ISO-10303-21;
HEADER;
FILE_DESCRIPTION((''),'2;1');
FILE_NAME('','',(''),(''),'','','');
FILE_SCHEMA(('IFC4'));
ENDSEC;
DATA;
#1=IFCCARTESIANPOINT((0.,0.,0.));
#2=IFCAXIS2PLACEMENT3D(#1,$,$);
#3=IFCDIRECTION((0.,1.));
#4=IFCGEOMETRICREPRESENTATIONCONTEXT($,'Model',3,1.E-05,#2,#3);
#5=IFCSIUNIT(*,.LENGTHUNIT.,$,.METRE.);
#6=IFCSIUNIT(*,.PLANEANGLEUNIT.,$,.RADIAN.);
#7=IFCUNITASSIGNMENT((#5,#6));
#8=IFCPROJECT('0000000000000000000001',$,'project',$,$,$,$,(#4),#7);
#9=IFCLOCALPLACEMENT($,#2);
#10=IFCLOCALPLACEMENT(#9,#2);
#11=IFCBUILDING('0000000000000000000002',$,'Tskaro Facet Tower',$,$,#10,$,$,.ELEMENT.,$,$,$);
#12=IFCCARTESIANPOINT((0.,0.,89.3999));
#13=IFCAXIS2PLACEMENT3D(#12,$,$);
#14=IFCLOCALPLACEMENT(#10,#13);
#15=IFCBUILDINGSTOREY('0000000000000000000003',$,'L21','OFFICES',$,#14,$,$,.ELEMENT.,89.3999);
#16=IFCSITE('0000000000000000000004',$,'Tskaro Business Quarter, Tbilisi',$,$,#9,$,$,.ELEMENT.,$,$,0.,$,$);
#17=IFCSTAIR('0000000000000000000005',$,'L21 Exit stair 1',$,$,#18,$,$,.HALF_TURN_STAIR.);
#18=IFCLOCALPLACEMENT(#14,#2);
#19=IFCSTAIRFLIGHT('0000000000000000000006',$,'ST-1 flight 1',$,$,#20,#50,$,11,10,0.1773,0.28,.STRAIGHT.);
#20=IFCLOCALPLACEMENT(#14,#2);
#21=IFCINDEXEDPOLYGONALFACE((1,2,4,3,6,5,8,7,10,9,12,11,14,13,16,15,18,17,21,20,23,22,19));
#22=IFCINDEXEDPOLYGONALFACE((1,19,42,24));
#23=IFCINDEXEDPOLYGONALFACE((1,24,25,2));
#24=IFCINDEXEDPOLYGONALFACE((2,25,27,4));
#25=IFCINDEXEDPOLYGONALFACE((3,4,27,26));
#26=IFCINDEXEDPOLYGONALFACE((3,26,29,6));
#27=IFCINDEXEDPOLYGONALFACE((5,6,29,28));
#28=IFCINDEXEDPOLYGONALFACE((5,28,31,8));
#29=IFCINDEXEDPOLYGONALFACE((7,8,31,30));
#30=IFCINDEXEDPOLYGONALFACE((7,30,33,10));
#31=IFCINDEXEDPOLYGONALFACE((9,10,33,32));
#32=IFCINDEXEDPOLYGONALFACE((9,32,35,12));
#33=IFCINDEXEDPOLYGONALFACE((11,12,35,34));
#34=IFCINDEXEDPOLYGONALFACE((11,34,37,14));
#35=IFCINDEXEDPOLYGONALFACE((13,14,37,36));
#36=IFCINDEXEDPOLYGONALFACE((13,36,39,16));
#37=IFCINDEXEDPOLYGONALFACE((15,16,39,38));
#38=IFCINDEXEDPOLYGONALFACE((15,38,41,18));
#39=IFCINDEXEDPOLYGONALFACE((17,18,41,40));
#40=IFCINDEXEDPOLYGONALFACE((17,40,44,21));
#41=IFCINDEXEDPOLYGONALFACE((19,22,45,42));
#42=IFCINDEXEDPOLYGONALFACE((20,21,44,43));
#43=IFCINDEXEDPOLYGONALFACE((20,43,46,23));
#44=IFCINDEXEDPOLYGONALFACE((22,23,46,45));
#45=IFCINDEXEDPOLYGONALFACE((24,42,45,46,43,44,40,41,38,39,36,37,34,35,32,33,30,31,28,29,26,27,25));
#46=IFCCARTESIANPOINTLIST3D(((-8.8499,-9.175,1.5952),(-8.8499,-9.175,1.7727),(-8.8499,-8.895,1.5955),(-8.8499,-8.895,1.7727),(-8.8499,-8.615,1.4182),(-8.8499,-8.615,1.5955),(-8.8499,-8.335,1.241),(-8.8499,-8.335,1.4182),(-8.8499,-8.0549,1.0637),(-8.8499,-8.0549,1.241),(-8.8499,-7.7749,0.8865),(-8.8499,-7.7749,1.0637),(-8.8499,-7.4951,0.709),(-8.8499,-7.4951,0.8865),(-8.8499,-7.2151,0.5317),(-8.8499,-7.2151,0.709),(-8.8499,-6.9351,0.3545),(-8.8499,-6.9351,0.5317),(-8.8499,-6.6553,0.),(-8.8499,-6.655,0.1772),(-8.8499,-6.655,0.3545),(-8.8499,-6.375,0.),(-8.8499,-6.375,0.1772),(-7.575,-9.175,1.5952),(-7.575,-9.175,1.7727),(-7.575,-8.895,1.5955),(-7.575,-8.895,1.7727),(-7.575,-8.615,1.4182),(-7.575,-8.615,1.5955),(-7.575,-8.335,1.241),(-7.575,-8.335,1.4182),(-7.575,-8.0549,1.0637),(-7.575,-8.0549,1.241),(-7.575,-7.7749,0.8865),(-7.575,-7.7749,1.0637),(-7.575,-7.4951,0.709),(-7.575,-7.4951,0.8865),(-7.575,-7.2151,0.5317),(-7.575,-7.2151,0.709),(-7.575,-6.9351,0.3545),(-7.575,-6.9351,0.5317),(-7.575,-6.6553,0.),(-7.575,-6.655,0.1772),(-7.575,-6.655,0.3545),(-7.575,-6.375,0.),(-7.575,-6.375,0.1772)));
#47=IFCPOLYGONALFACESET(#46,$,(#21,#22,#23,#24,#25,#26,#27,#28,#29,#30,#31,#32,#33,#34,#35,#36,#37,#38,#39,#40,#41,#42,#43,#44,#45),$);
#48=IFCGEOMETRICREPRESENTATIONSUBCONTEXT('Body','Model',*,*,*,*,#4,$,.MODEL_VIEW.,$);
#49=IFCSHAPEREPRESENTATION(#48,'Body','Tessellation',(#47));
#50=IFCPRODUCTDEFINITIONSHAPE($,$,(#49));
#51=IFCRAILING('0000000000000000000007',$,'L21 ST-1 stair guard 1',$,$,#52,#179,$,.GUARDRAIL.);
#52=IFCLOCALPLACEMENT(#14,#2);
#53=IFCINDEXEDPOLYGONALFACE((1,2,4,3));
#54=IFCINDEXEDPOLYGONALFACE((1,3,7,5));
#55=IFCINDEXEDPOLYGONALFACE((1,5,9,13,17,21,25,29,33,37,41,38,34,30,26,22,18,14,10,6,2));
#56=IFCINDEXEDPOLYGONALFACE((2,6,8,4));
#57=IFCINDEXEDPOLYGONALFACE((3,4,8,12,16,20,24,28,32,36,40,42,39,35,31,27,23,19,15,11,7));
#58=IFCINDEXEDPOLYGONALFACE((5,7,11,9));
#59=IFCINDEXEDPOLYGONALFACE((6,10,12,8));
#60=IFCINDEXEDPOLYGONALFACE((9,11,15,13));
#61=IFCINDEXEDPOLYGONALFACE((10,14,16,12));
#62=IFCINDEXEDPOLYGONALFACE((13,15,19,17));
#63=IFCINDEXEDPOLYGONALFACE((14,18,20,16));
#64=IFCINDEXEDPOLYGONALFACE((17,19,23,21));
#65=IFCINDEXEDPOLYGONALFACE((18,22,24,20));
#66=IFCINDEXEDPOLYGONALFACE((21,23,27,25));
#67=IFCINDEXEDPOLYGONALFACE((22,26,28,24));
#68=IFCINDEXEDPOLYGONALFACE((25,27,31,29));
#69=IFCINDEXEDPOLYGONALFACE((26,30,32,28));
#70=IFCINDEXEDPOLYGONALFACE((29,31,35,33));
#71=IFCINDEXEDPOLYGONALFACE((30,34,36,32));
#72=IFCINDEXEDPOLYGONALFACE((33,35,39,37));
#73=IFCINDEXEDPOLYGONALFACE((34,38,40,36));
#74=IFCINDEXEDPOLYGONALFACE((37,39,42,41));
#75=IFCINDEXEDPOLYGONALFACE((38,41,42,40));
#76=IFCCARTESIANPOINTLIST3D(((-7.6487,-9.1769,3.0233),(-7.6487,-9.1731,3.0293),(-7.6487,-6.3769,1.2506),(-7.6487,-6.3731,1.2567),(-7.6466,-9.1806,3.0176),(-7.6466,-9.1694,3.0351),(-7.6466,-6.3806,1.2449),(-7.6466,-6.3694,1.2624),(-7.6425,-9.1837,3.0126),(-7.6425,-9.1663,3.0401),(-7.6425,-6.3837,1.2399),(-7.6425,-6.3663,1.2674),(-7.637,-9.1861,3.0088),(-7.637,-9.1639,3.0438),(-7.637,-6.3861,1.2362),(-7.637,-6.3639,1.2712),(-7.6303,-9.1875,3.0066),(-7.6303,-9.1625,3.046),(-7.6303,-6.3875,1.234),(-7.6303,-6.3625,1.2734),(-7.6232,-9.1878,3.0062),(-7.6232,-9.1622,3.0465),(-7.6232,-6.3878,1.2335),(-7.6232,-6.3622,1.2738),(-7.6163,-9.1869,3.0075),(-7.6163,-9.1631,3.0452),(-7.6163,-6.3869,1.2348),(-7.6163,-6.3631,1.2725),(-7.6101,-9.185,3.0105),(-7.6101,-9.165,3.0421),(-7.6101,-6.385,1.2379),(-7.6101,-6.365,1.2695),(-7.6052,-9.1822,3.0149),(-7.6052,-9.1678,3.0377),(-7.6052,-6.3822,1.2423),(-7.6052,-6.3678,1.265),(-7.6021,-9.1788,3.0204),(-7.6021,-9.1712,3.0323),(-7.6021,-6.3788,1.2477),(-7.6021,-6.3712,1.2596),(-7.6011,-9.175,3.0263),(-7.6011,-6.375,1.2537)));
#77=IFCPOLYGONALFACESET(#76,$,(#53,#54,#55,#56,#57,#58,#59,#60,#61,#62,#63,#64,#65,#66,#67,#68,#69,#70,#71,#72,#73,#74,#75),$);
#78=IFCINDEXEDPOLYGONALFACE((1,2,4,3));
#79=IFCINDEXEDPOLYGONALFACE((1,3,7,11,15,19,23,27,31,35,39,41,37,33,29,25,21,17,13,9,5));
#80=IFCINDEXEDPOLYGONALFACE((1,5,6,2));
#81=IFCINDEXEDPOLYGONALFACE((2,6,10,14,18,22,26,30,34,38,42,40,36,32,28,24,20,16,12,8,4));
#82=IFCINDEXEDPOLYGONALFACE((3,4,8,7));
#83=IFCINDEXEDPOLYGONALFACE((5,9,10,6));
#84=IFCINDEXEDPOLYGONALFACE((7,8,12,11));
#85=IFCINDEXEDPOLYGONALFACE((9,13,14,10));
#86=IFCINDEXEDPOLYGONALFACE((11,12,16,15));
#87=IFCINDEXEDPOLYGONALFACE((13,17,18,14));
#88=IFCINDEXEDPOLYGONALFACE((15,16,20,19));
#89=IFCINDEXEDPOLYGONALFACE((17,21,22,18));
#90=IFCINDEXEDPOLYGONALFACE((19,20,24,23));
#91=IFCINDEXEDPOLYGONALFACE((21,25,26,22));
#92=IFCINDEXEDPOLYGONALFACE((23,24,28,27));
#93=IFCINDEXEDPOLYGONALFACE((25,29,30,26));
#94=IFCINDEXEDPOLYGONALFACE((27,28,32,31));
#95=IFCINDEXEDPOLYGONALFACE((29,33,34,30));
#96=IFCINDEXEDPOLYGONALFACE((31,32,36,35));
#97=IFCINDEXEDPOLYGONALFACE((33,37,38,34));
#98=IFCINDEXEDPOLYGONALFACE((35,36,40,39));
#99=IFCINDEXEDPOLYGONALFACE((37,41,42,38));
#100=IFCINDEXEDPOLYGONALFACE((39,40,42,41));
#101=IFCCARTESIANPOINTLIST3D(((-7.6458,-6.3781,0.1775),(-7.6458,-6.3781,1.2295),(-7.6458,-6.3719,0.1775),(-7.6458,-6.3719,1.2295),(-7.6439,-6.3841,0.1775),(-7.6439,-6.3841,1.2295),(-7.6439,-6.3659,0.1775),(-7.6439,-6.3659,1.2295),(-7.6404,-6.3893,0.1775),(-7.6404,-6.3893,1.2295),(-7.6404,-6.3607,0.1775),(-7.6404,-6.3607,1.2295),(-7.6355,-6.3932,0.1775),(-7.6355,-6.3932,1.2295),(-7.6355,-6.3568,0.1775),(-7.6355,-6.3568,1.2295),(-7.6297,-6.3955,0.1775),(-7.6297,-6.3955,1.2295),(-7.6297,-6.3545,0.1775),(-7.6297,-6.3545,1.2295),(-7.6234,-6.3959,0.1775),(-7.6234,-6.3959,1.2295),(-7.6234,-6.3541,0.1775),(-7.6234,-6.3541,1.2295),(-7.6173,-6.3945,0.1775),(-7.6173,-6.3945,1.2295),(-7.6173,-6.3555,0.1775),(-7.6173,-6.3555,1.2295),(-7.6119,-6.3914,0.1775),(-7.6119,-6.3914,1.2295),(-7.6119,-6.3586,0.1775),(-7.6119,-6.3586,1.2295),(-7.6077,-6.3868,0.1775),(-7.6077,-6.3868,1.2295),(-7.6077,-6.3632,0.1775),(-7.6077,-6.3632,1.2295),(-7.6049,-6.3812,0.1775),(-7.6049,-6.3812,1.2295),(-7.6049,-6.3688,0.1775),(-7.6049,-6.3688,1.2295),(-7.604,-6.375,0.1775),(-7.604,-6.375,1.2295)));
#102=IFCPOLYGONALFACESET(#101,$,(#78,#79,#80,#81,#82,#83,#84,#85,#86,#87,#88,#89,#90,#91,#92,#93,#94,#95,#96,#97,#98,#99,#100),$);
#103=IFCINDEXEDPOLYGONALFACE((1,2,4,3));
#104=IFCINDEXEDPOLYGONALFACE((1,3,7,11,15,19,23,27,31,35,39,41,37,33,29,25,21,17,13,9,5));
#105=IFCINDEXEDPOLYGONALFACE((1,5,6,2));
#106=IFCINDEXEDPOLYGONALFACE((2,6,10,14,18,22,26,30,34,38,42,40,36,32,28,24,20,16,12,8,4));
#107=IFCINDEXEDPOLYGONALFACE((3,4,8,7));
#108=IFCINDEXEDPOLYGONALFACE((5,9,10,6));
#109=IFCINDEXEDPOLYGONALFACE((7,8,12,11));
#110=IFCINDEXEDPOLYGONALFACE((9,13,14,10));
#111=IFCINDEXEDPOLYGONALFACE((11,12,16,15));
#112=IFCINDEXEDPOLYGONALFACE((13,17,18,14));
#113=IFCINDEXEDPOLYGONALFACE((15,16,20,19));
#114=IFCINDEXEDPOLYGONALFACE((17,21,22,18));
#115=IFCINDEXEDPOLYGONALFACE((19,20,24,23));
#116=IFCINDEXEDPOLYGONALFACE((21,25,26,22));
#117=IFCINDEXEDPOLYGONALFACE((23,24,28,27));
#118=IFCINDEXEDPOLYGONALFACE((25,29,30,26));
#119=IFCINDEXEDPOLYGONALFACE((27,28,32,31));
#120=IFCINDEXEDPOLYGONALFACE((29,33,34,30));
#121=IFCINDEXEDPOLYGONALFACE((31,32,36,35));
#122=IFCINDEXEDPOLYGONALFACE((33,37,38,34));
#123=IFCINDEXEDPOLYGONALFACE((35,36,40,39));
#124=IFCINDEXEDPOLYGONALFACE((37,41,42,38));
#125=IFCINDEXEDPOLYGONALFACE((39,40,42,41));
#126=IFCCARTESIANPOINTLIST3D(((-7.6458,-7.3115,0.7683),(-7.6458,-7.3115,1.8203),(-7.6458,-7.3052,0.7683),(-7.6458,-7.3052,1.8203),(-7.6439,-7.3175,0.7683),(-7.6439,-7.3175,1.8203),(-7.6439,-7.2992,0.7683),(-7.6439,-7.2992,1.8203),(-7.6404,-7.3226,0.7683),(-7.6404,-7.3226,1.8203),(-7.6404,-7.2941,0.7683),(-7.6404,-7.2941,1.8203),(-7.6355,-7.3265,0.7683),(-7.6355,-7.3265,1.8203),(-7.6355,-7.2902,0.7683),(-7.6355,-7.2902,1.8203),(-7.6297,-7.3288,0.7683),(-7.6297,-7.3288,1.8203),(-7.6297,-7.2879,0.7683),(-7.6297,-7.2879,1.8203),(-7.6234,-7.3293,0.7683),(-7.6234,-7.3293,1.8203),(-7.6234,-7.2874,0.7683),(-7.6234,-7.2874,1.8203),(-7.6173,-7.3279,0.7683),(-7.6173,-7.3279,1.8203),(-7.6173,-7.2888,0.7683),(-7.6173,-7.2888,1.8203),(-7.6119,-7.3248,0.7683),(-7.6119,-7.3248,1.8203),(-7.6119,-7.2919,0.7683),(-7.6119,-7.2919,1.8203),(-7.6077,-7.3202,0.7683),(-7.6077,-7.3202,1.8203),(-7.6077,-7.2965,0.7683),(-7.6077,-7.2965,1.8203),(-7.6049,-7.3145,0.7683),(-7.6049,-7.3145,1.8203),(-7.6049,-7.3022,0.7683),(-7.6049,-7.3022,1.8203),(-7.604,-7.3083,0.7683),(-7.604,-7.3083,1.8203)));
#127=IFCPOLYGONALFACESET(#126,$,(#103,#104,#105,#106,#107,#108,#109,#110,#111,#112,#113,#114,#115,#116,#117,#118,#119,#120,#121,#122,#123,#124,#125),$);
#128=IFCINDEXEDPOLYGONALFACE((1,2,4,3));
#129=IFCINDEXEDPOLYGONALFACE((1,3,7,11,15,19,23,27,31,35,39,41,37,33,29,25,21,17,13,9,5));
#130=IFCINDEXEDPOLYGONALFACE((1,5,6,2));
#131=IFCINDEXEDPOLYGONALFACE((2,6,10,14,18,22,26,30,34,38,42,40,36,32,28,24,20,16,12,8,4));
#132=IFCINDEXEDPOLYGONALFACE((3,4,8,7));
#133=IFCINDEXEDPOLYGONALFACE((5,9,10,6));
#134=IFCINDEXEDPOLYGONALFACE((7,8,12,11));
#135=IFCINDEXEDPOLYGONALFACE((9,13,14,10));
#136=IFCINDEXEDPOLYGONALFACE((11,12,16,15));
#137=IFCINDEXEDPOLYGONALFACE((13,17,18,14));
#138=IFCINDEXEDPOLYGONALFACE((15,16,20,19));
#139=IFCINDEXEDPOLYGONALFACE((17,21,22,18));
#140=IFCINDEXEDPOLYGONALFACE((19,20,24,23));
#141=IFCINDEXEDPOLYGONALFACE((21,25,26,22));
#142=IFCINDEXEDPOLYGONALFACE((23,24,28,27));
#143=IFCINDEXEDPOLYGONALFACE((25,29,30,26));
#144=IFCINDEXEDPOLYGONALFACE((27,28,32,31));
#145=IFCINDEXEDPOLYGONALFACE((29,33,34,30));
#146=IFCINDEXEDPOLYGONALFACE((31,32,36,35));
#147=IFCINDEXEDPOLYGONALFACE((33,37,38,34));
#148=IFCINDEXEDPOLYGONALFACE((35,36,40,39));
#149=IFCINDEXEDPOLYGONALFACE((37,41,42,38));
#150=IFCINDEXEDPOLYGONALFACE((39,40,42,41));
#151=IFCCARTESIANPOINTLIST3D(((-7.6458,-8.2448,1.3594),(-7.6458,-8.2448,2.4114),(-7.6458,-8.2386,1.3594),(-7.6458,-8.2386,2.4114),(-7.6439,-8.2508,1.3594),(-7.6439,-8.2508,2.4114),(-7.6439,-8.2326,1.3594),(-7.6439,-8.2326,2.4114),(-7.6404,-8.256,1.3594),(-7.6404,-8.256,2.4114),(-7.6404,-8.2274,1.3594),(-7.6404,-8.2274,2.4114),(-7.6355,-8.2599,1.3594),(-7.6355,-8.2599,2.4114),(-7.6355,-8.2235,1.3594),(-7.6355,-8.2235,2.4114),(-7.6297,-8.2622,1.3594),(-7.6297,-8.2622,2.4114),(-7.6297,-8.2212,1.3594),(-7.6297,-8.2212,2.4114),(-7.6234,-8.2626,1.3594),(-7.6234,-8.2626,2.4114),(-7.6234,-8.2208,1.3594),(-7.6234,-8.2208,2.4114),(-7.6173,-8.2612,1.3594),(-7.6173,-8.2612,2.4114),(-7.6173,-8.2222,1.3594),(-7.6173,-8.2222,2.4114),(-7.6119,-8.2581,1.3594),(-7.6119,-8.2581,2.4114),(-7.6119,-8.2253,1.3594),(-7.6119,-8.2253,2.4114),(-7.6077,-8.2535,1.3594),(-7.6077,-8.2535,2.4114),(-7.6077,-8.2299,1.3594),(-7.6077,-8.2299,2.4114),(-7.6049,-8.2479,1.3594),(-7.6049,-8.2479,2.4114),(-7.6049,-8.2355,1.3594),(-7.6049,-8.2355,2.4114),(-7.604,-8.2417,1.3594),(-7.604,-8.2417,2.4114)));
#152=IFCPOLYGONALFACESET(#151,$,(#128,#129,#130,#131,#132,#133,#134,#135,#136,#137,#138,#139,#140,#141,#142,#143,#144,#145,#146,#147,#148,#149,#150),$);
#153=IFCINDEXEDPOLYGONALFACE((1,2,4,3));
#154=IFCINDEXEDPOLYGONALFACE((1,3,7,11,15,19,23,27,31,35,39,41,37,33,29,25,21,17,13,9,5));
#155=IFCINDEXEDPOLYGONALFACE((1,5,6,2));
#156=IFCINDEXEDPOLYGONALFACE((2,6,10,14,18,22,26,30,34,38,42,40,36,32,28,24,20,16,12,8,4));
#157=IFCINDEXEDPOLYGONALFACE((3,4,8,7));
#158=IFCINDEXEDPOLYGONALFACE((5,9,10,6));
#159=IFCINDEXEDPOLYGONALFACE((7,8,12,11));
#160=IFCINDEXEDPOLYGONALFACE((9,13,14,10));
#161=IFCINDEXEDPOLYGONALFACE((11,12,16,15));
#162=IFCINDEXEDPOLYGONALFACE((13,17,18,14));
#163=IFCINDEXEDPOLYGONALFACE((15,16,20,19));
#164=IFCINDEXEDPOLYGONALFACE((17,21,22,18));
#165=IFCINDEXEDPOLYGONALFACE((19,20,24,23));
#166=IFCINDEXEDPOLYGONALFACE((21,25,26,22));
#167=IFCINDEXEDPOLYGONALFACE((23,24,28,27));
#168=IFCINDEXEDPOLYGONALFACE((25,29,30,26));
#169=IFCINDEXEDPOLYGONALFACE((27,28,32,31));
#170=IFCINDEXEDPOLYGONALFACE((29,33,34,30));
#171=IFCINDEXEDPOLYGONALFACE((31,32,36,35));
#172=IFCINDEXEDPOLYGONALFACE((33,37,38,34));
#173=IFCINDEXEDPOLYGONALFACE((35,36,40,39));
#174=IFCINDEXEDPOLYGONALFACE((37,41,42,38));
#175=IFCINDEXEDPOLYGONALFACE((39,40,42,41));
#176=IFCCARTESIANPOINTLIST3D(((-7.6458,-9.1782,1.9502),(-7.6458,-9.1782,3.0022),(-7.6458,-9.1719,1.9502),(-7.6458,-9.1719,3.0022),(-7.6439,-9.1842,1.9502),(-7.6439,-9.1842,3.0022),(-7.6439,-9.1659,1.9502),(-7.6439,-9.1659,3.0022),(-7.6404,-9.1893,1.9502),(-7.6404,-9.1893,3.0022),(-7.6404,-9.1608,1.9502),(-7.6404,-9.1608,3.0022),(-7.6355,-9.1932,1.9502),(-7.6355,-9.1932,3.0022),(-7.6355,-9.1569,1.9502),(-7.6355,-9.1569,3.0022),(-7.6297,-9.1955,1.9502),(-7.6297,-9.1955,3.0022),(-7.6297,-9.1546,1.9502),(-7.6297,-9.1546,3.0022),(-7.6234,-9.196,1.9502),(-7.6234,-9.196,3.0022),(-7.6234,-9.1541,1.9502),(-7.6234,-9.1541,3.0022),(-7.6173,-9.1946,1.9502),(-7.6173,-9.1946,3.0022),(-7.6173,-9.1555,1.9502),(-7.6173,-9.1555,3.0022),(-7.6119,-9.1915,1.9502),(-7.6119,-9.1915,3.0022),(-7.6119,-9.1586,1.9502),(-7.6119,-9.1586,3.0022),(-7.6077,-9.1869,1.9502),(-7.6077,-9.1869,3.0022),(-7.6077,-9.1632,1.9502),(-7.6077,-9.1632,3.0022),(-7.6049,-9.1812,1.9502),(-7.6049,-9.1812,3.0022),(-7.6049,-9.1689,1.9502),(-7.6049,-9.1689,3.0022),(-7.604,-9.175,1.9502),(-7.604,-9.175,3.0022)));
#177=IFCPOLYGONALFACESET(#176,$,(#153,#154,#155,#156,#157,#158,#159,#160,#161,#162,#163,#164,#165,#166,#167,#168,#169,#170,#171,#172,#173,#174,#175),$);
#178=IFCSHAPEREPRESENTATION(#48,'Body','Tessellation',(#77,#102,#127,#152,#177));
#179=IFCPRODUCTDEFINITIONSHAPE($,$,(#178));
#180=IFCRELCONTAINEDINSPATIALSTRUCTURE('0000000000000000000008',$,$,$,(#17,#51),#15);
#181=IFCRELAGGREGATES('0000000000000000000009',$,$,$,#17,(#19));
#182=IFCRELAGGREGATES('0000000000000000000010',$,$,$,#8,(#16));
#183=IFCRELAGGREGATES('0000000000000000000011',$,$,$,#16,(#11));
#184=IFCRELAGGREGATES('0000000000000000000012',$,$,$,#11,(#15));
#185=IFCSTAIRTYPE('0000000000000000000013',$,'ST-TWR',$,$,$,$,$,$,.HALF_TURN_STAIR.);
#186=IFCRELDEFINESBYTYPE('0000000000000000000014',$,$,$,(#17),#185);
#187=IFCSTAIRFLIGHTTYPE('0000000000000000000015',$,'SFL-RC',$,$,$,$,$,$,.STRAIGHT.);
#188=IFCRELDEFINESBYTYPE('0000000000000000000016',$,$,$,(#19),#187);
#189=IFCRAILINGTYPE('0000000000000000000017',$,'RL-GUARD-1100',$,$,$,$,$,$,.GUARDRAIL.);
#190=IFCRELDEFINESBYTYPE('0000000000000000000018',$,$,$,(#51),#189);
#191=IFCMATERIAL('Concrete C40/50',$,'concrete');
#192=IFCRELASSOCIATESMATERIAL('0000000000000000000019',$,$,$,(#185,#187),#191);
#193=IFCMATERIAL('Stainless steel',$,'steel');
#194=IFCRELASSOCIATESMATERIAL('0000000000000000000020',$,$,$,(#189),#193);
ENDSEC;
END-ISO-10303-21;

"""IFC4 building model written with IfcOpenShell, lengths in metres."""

from ifc_helpers import new_model, si_unit, direction, frame, origin, origin_2d, place, context, subcontext, project, spatial, polyline, circle, outline, extrude, material, type_object, element, aggregate, save


model = new_model("IFC4")

# Units and contexts
model_context = context("Model", 3, precision=1e-05, world=origin(), true_north=direction((0.0, 1.0)))
body_context = subcontext(model_context, "Body", "Model", "MODEL_VIEW")
ifc_project = project(units=[si_unit("LENGTHUNIT", "METRE"), si_unit("PLANEANGLEUNIT", "RADIAN")], contexts=[model_context])

# Site, building, storey
site_placement = place(None, origin())
site = spatial("IfcSite", under=ifc_project, at=site_placement, Name="Tskaro Business Quarter, Tbilisi", CompositionType="ELEMENT", RefElevation=0.0)
building_placement = place(site_placement, origin())
building = spatial("IfcBuilding", under=site, at=building_placement, Name="Tskaro Facet Tower", CompositionType="ELEMENT")
storey_placement = place(building_placement, frame((0.0, 0.0, 89.3999)))
storey = spatial("IfcBuildingStorey", under=building, at=storey_placement, Name="L21", Description="OFFICES", CompositionType="ELEMENT", Elevation=89.3999)

# Shared definitions
ifc_material_1 = material(Name="Stainless steel", Category="steel")

# Stair, stair flight
ifc_material_2 = material(Name="Concrete C40/50", Category="concrete")
stair_type = type_object("IfcStairType", Name="ST-TWR", PredefinedType="HALF_TURN_STAIR", material=ifc_material_2)
stair_placement = place(storey_placement, origin())
stair = element("IfcStair", 1, at=stair_placement, inside=storey, type_object=stair_type, Name="L21 Exit stair 1", PredefinedType="HALF_TURN_STAIR")
stair_flight_type = type_object("IfcStairFlightType", Name="SFL-RC", PredefinedType="STRAIGHT", material=ifc_material_2)
stair_flight_placement = place(storey_placement, frame((-8.2124, -6.375, 0.0), z_axis=(0.0, 0.0, 1.0), x_axis=(0.0, -1.0, 0.0)))
stair_flight = element("IfcStairFlight", 2, at=stair_flight_placement, type_object=stair_flight_type, Name="ST-1 flight 1", NumberOfRisers=11, NumberOfTreads=10, PredefinedType="STRAIGHT", RiserHeight=0.1773, TreadLength=0.28, context=body_context, shape_type="SweptSolid", body=[
    extrude(outline(polyline([(0.0, 0.0), (0.0, 0.1772), (0.28, 0.1772), (0.28, 0.3545), (0.5601, 0.3545), (0.5601, 0.5317), (0.8401, 0.5317), (0.8401, 0.709), (1.1201, 0.709), (1.1201, 0.8865), (1.3999, 0.8865), (1.3999, 1.0637), (1.6799, 1.0637), (1.6799, 1.241), (1.96, 1.241), (1.96, 1.4182), (2.24, 1.4182), (2.24, 1.5955), (2.52, 1.5955), (2.52, 1.7727), (2.8, 1.7727), (2.8, 1.95), (2.8, 1.5952), (0.2803, 0.0), (0.0, 0.0)])), frame((0.0, 0.6375, 0.0), z_axis=(0.0, -1.0, 0.0), x_axis=(1.0, 0.0, 0.0)), (0.0, 0.0, 1.0), 1.2749),
])
aggregate(stair, [stair_flight])

# Railing
railing_type_1 = type_object("IfcRailingType", Name="RL-GUARD-1100", PredefinedType="GUARDRAIL", material=ifc_material_1)
railing_1_placement = place(storey_placement, frame((-7.625, -6.375, 0.1775)))
element("IfcRailing", 3, at=railing_1_placement, inside=storey, type_object=railing_type_1, Name="L21 ST-1 stair guard 1", PredefinedType="GUARDRAIL", context=body_context, shape_type="SweptSolid", body=[
    extrude(circle(Radius=0.0239, at=origin_2d()), frame((0.0, 0.0, 1.0762), z_axis=(0.0, -0.844909, 0.53491), x_axis=(1.0, 0.0, 0.0)), (0.0, 0.0, 1.0), 3.314),
    extrude(circle(Radius=0.021, at=origin_2d()), origin(), (0.0, 0.0, 1.0), 1.052),
    extrude(circle(Radius=0.021, at=origin_2d()), frame((0.0, -0.9333, 0.5908)), (0.0, 0.0, 1.0), 1.052),
    extrude(circle(Radius=0.021, at=origin_2d()), frame((0.0, -1.8667, 1.1819)), (0.0, 0.0, 1.0), 1.052),
    extrude(circle(Radius=0.021, at=origin_2d()), frame((0.0, -2.8, 1.7727)), (0.0, 0.0, 1.0), 1.052),
])

save(model, "model.ifc")
